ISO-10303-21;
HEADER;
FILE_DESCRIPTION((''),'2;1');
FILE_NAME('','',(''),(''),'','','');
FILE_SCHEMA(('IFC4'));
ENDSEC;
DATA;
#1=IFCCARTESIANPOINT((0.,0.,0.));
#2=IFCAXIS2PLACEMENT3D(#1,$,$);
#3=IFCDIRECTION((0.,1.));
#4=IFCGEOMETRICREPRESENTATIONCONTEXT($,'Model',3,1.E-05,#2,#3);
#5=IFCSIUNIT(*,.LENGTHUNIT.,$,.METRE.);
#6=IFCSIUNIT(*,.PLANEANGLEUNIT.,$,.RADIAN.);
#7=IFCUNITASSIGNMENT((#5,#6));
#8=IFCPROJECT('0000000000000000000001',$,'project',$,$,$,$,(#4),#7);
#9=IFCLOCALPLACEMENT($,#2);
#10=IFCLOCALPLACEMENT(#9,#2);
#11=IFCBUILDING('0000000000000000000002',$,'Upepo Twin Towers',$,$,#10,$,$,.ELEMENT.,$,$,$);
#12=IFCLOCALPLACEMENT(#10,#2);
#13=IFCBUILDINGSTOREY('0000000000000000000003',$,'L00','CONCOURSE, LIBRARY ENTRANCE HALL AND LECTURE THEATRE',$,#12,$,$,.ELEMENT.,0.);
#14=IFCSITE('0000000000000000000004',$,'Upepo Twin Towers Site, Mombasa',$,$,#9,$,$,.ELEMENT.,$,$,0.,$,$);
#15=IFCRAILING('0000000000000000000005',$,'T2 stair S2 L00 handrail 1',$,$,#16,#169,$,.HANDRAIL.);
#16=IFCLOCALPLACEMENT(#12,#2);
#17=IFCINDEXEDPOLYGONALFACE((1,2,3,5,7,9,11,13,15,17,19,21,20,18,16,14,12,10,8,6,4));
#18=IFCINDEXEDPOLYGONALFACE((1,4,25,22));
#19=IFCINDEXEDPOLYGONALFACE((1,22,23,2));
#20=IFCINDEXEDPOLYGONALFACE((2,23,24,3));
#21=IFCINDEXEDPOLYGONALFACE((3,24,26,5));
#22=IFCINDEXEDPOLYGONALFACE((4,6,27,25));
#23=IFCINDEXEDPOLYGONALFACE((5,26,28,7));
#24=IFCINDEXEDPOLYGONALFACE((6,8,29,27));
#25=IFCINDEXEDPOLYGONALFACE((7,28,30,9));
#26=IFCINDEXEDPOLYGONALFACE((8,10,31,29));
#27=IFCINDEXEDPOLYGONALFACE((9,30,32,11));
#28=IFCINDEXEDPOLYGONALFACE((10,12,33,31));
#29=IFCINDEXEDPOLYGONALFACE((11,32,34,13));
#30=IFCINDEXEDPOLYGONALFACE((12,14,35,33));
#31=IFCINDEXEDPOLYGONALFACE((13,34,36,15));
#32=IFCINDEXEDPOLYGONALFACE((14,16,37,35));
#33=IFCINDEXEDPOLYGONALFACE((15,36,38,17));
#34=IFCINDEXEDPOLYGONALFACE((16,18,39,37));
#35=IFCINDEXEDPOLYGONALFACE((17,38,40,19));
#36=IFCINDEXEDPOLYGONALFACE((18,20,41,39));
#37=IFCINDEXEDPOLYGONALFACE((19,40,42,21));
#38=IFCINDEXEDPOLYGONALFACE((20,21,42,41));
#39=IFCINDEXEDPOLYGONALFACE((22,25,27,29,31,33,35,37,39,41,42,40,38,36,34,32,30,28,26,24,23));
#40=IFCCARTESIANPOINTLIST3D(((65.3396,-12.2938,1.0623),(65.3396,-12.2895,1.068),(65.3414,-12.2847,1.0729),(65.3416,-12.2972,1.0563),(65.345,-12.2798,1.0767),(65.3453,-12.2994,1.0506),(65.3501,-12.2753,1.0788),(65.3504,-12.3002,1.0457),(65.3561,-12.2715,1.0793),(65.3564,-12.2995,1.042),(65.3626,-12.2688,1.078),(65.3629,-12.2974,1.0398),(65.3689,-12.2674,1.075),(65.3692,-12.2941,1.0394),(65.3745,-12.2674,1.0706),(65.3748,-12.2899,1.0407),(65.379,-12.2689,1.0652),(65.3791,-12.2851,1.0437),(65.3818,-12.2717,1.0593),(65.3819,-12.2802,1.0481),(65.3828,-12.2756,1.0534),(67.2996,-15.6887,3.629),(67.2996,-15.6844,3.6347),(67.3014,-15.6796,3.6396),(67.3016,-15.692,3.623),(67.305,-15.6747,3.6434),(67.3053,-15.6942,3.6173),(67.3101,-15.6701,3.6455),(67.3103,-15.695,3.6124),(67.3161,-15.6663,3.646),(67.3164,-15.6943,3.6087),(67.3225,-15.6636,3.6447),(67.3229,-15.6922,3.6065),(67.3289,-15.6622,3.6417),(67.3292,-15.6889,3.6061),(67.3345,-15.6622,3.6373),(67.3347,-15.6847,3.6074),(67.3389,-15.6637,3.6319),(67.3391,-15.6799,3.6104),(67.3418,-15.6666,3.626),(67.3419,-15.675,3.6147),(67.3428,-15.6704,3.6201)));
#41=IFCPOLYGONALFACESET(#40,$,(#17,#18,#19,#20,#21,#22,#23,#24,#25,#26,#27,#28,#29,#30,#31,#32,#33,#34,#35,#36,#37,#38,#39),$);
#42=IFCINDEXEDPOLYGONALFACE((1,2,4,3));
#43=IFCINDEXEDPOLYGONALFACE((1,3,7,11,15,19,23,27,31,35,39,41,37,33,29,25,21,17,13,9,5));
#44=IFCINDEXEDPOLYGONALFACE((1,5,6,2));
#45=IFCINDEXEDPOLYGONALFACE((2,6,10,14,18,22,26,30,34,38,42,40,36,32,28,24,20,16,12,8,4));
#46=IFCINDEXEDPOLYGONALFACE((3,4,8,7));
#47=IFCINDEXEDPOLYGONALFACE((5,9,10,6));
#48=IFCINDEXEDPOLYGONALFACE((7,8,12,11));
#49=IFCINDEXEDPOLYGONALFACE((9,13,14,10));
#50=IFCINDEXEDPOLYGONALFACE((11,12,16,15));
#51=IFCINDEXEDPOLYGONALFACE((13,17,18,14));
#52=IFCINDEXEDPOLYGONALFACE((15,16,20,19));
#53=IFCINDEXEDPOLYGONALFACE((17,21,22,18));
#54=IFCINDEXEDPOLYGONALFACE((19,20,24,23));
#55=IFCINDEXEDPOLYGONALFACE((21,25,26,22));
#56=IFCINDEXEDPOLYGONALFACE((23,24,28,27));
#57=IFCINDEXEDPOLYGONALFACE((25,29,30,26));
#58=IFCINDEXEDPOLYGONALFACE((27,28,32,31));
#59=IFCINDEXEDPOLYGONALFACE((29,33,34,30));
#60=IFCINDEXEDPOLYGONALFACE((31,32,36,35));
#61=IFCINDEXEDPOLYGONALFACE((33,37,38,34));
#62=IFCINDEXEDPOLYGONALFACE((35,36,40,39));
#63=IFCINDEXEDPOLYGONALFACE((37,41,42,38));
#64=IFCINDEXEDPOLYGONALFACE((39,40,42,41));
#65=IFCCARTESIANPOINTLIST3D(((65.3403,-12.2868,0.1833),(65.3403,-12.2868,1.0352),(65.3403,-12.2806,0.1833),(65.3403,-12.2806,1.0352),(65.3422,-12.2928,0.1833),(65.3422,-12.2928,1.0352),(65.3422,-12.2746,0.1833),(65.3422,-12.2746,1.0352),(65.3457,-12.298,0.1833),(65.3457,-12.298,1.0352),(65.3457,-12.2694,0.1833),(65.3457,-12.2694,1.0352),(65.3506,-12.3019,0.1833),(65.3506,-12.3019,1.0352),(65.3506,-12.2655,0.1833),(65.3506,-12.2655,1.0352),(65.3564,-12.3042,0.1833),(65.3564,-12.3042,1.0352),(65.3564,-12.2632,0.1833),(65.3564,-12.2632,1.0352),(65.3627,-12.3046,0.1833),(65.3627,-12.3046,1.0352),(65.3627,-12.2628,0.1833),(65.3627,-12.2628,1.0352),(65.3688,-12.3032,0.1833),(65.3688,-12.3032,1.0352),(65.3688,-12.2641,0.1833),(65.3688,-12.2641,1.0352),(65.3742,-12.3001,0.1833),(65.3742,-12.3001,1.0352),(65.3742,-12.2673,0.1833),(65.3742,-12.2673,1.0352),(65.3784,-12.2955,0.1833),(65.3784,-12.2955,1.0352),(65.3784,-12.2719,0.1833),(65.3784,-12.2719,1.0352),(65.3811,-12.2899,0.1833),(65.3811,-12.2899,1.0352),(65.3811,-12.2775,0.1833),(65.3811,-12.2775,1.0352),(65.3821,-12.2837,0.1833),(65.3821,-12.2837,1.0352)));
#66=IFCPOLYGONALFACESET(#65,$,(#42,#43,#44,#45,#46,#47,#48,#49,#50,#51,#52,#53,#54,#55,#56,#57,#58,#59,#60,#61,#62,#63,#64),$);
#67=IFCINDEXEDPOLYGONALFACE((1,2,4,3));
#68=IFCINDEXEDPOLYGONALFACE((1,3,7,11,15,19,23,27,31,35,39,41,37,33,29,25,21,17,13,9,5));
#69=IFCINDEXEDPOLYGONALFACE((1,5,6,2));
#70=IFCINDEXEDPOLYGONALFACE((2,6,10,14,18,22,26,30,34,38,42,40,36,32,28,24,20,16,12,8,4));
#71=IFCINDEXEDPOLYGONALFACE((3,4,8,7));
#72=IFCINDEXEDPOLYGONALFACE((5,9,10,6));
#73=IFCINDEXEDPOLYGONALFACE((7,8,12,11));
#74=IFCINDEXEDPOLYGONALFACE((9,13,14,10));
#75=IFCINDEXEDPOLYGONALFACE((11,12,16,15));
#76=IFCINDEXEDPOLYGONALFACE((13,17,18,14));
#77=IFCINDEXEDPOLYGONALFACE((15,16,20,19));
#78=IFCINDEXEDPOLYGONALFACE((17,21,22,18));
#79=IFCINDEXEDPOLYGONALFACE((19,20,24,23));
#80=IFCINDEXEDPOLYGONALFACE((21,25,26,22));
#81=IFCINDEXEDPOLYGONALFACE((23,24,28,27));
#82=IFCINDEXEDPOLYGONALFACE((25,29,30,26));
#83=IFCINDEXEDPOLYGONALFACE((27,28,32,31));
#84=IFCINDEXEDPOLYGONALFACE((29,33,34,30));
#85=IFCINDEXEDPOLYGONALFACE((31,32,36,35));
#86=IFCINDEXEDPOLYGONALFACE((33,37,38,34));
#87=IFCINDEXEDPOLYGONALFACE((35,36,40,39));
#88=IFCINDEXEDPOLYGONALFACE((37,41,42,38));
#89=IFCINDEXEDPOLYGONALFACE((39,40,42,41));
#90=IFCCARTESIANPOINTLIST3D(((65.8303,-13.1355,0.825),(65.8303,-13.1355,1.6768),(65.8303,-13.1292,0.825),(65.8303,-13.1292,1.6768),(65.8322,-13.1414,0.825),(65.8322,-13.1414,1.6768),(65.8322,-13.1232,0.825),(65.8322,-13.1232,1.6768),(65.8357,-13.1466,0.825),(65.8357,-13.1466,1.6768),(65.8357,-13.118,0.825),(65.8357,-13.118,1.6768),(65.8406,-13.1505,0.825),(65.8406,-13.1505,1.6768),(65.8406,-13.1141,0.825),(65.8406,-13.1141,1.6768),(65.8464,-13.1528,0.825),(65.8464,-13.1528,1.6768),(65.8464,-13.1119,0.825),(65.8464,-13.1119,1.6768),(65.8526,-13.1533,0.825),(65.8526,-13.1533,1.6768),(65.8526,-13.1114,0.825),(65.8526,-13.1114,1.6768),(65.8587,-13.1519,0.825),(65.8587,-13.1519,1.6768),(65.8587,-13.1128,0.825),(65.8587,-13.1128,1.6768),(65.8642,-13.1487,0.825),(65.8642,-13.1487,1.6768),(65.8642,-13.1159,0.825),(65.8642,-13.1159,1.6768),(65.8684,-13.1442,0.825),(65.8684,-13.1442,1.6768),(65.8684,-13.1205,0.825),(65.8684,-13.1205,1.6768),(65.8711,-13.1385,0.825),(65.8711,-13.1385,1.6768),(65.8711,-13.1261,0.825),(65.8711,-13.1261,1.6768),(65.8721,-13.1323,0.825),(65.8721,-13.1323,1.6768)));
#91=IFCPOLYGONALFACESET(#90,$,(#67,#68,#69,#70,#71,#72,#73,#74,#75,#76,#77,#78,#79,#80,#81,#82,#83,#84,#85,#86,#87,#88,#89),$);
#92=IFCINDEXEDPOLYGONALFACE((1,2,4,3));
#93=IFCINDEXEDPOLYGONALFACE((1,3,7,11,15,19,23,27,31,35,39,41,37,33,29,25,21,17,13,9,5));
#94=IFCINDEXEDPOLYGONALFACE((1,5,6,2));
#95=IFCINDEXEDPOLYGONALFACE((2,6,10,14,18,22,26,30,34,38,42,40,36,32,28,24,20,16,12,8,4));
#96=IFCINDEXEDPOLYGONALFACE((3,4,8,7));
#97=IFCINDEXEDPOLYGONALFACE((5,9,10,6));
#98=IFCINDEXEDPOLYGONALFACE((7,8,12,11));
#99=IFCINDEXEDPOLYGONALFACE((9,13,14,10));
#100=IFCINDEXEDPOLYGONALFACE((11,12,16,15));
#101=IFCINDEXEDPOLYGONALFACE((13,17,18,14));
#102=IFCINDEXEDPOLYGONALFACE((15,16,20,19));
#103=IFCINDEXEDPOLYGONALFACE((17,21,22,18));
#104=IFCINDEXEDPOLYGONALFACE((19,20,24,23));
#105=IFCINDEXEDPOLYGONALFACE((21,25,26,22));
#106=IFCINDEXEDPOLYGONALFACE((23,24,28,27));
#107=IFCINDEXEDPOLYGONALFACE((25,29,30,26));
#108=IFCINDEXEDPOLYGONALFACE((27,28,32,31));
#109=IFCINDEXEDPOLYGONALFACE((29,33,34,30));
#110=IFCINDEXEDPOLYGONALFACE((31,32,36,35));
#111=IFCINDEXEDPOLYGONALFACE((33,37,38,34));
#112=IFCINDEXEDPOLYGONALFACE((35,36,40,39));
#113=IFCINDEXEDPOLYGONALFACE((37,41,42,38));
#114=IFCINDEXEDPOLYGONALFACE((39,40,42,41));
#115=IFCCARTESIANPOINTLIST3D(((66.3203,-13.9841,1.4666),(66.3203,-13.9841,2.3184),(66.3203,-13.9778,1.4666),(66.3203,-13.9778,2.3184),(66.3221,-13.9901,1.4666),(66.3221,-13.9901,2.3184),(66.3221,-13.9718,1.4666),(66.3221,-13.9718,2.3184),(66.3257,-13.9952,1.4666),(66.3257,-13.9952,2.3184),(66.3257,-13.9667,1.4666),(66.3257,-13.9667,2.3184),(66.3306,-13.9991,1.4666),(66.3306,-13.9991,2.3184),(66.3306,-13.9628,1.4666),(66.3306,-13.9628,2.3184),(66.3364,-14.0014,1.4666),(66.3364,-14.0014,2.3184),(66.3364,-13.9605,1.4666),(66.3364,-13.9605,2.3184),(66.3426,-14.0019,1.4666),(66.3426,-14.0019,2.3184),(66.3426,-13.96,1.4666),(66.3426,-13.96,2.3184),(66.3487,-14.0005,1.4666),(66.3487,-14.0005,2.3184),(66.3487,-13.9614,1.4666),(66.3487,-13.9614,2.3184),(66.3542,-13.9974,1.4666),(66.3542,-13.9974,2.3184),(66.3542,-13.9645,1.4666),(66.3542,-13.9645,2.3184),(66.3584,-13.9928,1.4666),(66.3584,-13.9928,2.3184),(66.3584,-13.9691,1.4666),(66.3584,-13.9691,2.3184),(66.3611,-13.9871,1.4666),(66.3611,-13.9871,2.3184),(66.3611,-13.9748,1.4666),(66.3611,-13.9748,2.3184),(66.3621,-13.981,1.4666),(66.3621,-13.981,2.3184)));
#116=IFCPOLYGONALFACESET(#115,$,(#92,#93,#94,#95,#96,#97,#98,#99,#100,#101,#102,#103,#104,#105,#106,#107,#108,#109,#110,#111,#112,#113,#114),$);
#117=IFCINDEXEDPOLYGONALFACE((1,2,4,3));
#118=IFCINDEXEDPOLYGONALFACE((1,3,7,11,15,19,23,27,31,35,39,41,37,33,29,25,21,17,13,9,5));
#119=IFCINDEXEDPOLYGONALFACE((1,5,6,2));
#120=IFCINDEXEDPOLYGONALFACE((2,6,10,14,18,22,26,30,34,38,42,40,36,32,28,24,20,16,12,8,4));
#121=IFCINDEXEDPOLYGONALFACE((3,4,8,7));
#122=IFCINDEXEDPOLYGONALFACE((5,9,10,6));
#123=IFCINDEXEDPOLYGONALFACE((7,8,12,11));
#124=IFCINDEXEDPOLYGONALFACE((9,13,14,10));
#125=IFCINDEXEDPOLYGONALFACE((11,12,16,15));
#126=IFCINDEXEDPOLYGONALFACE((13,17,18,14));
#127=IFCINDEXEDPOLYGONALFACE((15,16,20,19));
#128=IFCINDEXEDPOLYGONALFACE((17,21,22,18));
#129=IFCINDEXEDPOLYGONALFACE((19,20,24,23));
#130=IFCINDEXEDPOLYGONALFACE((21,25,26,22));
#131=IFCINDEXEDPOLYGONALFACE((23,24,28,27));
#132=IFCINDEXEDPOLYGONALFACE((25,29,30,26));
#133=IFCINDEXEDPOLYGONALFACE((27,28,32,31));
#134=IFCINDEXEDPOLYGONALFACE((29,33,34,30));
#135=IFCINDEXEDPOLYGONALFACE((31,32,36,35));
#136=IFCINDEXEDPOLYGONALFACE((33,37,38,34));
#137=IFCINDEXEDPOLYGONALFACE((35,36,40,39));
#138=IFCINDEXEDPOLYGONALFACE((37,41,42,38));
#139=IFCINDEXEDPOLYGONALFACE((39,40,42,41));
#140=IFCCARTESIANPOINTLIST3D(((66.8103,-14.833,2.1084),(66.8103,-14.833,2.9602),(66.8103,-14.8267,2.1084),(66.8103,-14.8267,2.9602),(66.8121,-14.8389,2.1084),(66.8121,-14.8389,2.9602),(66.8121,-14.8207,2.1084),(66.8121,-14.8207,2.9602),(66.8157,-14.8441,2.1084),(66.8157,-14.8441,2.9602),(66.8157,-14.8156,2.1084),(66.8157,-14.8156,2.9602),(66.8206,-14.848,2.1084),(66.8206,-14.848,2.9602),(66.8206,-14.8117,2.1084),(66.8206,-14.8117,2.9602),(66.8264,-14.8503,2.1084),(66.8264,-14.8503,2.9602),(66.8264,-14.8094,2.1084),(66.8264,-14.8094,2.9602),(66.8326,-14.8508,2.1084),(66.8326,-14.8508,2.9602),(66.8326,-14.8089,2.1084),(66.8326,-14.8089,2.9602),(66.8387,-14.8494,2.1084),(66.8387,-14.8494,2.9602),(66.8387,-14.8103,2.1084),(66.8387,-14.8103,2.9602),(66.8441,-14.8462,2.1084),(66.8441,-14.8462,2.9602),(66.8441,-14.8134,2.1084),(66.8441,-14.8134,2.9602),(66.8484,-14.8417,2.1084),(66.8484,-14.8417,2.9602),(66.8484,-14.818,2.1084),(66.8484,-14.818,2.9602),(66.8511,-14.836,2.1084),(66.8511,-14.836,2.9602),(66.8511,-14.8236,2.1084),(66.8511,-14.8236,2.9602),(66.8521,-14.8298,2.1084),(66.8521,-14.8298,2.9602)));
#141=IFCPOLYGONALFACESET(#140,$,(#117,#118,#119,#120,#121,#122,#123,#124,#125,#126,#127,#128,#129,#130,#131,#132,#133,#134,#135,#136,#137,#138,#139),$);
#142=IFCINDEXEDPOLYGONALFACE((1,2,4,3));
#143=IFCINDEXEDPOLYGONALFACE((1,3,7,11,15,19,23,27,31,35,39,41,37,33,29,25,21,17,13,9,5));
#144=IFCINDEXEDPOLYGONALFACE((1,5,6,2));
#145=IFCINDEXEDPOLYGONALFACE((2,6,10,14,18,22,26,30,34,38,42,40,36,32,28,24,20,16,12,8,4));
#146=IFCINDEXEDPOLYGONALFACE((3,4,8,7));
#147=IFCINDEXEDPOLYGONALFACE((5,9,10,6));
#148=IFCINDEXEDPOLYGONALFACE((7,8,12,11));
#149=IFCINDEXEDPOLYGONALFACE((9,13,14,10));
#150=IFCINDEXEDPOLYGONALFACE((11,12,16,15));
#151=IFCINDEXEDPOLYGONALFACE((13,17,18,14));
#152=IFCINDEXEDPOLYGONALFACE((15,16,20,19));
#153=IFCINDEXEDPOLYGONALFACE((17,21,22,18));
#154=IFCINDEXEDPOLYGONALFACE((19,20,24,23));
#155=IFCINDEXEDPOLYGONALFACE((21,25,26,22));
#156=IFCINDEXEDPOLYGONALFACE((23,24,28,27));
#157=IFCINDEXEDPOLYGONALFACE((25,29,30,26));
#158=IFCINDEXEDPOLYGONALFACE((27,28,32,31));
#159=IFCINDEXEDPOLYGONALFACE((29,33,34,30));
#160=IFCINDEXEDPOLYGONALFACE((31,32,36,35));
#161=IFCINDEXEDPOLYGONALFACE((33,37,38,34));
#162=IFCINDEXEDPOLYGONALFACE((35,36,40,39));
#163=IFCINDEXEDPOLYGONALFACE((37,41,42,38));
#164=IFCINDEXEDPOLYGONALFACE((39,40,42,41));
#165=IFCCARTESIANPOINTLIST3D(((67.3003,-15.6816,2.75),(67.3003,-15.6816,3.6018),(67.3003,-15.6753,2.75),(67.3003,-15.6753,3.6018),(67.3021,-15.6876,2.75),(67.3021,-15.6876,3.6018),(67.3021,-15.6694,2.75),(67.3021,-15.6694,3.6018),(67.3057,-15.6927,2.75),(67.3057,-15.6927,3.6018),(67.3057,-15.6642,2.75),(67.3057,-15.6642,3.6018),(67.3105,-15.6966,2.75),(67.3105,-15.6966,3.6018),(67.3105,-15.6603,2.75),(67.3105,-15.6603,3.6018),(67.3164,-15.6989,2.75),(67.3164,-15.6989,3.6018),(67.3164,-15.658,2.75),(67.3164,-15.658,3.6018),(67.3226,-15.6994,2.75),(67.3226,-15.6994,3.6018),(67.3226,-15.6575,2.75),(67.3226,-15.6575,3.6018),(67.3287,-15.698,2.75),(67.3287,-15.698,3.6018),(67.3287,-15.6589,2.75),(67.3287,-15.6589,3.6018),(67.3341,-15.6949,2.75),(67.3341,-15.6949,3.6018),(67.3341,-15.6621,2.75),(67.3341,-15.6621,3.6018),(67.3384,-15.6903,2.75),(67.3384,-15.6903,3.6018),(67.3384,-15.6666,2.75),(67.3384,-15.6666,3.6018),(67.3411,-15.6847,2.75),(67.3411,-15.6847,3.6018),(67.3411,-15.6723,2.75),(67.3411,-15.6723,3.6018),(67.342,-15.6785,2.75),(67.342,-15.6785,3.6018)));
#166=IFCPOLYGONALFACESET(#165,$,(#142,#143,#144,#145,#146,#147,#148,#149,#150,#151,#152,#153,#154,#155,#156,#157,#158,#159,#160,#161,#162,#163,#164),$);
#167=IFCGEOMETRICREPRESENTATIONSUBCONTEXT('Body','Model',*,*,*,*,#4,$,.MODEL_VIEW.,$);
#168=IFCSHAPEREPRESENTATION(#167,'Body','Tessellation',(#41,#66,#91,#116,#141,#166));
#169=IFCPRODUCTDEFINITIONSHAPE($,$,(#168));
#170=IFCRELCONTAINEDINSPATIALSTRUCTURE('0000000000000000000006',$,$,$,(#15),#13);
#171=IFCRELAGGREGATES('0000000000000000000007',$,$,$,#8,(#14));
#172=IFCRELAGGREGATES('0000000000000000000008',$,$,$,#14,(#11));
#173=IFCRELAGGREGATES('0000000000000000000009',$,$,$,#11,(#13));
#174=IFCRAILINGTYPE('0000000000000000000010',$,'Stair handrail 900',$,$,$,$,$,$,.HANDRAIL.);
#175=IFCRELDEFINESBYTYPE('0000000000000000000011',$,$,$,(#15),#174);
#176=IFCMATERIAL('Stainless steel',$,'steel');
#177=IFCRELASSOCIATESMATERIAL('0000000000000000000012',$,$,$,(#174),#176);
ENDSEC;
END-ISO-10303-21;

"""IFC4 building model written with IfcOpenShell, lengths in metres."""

from ifc_helpers import new_model, si_unit, direction, frame, origin, origin_2d, place, context, subcontext, project, spatial, circle, extrude, material, type_object, element, save


model = new_model("IFC4")

# Units and contexts
model_context = context("Model", 3, precision=1e-05, world=origin(), true_north=direction((0.0, 1.0)))
body_context = subcontext(model_context, "Body", "Model", "MODEL_VIEW")
ifc_project = project(units=[si_unit("LENGTHUNIT", "METRE"), si_unit("PLANEANGLEUNIT", "RADIAN")], contexts=[model_context])

# Site, building, storey
site_placement = place(None, origin())
site = spatial("IfcSite", under=ifc_project, at=site_placement, Name="Upepo Twin Towers Site, Mombasa", CompositionType="ELEMENT", RefElevation=0.0)
building_placement = place(site_placement, origin())
building = spatial("IfcBuilding", under=site, at=building_placement, Name="Upepo Twin Towers", CompositionType="ELEMENT")
storey_placement = place(building_placement, origin())
storey = spatial("IfcBuildingStorey", under=building, at=storey_placement, Name="L00", Description="CONCOURSE, LIBRARY ENTRANCE HALL AND LECTURE THEATRE", CompositionType="ELEMENT", Elevation=0.0)

# Railing
ifc_material_1 = material(Name="Stainless steel", Category="steel")
railing_type = type_object("IfcRailingType", Name="Stair handrail 900", PredefinedType="HANDRAIL", material=ifc_material_1)
railing_placement = place(storey_placement, frame((65.3611, -12.2837, 0.1833)))
element("IfcRailing", 1, at=railing_placement, inside=storey, type_object=railing_type, Name="T2 stair S2 L00 handrail 1", PredefinedType="HANDRAIL", context=body_context, shape_type="SweptSolid", body=[
    extrude(circle(Radius=0.0239, at=origin_2d()), frame((0.0, 0.0, 0.876), z_axis=(0.418306, -0.724532, 0.547789), x_axis=(0.866027, 0.499997, 0.0)), (0.0, 0.0, 1.0), 4.6855),
    extrude(circle(Radius=0.021, at=origin_2d()), origin(), (0.0, 0.0, 1.0), 0.8518),
    extrude(circle(Radius=0.021, at=origin_2d()), frame((0.49, -0.8486, 0.6416)), (0.0, 0.0, 1.0), 0.8518),
    extrude(circle(Radius=0.021, at=origin_2d()), frame((0.98, -1.6973, 1.2832)), (0.0, 0.0, 1.0), 0.8518),
    extrude(circle(Radius=0.021, at=origin_2d()), frame((1.47, -2.5461, 1.925)), (0.0, 0.0, 1.0), 0.8518),
    extrude(circle(Radius=0.021, at=origin_2d()), frame((1.96, -3.3948, 2.5667)), (0.0, 0.0, 1.0), 0.8518),
])

save(model, "model.ifc")
